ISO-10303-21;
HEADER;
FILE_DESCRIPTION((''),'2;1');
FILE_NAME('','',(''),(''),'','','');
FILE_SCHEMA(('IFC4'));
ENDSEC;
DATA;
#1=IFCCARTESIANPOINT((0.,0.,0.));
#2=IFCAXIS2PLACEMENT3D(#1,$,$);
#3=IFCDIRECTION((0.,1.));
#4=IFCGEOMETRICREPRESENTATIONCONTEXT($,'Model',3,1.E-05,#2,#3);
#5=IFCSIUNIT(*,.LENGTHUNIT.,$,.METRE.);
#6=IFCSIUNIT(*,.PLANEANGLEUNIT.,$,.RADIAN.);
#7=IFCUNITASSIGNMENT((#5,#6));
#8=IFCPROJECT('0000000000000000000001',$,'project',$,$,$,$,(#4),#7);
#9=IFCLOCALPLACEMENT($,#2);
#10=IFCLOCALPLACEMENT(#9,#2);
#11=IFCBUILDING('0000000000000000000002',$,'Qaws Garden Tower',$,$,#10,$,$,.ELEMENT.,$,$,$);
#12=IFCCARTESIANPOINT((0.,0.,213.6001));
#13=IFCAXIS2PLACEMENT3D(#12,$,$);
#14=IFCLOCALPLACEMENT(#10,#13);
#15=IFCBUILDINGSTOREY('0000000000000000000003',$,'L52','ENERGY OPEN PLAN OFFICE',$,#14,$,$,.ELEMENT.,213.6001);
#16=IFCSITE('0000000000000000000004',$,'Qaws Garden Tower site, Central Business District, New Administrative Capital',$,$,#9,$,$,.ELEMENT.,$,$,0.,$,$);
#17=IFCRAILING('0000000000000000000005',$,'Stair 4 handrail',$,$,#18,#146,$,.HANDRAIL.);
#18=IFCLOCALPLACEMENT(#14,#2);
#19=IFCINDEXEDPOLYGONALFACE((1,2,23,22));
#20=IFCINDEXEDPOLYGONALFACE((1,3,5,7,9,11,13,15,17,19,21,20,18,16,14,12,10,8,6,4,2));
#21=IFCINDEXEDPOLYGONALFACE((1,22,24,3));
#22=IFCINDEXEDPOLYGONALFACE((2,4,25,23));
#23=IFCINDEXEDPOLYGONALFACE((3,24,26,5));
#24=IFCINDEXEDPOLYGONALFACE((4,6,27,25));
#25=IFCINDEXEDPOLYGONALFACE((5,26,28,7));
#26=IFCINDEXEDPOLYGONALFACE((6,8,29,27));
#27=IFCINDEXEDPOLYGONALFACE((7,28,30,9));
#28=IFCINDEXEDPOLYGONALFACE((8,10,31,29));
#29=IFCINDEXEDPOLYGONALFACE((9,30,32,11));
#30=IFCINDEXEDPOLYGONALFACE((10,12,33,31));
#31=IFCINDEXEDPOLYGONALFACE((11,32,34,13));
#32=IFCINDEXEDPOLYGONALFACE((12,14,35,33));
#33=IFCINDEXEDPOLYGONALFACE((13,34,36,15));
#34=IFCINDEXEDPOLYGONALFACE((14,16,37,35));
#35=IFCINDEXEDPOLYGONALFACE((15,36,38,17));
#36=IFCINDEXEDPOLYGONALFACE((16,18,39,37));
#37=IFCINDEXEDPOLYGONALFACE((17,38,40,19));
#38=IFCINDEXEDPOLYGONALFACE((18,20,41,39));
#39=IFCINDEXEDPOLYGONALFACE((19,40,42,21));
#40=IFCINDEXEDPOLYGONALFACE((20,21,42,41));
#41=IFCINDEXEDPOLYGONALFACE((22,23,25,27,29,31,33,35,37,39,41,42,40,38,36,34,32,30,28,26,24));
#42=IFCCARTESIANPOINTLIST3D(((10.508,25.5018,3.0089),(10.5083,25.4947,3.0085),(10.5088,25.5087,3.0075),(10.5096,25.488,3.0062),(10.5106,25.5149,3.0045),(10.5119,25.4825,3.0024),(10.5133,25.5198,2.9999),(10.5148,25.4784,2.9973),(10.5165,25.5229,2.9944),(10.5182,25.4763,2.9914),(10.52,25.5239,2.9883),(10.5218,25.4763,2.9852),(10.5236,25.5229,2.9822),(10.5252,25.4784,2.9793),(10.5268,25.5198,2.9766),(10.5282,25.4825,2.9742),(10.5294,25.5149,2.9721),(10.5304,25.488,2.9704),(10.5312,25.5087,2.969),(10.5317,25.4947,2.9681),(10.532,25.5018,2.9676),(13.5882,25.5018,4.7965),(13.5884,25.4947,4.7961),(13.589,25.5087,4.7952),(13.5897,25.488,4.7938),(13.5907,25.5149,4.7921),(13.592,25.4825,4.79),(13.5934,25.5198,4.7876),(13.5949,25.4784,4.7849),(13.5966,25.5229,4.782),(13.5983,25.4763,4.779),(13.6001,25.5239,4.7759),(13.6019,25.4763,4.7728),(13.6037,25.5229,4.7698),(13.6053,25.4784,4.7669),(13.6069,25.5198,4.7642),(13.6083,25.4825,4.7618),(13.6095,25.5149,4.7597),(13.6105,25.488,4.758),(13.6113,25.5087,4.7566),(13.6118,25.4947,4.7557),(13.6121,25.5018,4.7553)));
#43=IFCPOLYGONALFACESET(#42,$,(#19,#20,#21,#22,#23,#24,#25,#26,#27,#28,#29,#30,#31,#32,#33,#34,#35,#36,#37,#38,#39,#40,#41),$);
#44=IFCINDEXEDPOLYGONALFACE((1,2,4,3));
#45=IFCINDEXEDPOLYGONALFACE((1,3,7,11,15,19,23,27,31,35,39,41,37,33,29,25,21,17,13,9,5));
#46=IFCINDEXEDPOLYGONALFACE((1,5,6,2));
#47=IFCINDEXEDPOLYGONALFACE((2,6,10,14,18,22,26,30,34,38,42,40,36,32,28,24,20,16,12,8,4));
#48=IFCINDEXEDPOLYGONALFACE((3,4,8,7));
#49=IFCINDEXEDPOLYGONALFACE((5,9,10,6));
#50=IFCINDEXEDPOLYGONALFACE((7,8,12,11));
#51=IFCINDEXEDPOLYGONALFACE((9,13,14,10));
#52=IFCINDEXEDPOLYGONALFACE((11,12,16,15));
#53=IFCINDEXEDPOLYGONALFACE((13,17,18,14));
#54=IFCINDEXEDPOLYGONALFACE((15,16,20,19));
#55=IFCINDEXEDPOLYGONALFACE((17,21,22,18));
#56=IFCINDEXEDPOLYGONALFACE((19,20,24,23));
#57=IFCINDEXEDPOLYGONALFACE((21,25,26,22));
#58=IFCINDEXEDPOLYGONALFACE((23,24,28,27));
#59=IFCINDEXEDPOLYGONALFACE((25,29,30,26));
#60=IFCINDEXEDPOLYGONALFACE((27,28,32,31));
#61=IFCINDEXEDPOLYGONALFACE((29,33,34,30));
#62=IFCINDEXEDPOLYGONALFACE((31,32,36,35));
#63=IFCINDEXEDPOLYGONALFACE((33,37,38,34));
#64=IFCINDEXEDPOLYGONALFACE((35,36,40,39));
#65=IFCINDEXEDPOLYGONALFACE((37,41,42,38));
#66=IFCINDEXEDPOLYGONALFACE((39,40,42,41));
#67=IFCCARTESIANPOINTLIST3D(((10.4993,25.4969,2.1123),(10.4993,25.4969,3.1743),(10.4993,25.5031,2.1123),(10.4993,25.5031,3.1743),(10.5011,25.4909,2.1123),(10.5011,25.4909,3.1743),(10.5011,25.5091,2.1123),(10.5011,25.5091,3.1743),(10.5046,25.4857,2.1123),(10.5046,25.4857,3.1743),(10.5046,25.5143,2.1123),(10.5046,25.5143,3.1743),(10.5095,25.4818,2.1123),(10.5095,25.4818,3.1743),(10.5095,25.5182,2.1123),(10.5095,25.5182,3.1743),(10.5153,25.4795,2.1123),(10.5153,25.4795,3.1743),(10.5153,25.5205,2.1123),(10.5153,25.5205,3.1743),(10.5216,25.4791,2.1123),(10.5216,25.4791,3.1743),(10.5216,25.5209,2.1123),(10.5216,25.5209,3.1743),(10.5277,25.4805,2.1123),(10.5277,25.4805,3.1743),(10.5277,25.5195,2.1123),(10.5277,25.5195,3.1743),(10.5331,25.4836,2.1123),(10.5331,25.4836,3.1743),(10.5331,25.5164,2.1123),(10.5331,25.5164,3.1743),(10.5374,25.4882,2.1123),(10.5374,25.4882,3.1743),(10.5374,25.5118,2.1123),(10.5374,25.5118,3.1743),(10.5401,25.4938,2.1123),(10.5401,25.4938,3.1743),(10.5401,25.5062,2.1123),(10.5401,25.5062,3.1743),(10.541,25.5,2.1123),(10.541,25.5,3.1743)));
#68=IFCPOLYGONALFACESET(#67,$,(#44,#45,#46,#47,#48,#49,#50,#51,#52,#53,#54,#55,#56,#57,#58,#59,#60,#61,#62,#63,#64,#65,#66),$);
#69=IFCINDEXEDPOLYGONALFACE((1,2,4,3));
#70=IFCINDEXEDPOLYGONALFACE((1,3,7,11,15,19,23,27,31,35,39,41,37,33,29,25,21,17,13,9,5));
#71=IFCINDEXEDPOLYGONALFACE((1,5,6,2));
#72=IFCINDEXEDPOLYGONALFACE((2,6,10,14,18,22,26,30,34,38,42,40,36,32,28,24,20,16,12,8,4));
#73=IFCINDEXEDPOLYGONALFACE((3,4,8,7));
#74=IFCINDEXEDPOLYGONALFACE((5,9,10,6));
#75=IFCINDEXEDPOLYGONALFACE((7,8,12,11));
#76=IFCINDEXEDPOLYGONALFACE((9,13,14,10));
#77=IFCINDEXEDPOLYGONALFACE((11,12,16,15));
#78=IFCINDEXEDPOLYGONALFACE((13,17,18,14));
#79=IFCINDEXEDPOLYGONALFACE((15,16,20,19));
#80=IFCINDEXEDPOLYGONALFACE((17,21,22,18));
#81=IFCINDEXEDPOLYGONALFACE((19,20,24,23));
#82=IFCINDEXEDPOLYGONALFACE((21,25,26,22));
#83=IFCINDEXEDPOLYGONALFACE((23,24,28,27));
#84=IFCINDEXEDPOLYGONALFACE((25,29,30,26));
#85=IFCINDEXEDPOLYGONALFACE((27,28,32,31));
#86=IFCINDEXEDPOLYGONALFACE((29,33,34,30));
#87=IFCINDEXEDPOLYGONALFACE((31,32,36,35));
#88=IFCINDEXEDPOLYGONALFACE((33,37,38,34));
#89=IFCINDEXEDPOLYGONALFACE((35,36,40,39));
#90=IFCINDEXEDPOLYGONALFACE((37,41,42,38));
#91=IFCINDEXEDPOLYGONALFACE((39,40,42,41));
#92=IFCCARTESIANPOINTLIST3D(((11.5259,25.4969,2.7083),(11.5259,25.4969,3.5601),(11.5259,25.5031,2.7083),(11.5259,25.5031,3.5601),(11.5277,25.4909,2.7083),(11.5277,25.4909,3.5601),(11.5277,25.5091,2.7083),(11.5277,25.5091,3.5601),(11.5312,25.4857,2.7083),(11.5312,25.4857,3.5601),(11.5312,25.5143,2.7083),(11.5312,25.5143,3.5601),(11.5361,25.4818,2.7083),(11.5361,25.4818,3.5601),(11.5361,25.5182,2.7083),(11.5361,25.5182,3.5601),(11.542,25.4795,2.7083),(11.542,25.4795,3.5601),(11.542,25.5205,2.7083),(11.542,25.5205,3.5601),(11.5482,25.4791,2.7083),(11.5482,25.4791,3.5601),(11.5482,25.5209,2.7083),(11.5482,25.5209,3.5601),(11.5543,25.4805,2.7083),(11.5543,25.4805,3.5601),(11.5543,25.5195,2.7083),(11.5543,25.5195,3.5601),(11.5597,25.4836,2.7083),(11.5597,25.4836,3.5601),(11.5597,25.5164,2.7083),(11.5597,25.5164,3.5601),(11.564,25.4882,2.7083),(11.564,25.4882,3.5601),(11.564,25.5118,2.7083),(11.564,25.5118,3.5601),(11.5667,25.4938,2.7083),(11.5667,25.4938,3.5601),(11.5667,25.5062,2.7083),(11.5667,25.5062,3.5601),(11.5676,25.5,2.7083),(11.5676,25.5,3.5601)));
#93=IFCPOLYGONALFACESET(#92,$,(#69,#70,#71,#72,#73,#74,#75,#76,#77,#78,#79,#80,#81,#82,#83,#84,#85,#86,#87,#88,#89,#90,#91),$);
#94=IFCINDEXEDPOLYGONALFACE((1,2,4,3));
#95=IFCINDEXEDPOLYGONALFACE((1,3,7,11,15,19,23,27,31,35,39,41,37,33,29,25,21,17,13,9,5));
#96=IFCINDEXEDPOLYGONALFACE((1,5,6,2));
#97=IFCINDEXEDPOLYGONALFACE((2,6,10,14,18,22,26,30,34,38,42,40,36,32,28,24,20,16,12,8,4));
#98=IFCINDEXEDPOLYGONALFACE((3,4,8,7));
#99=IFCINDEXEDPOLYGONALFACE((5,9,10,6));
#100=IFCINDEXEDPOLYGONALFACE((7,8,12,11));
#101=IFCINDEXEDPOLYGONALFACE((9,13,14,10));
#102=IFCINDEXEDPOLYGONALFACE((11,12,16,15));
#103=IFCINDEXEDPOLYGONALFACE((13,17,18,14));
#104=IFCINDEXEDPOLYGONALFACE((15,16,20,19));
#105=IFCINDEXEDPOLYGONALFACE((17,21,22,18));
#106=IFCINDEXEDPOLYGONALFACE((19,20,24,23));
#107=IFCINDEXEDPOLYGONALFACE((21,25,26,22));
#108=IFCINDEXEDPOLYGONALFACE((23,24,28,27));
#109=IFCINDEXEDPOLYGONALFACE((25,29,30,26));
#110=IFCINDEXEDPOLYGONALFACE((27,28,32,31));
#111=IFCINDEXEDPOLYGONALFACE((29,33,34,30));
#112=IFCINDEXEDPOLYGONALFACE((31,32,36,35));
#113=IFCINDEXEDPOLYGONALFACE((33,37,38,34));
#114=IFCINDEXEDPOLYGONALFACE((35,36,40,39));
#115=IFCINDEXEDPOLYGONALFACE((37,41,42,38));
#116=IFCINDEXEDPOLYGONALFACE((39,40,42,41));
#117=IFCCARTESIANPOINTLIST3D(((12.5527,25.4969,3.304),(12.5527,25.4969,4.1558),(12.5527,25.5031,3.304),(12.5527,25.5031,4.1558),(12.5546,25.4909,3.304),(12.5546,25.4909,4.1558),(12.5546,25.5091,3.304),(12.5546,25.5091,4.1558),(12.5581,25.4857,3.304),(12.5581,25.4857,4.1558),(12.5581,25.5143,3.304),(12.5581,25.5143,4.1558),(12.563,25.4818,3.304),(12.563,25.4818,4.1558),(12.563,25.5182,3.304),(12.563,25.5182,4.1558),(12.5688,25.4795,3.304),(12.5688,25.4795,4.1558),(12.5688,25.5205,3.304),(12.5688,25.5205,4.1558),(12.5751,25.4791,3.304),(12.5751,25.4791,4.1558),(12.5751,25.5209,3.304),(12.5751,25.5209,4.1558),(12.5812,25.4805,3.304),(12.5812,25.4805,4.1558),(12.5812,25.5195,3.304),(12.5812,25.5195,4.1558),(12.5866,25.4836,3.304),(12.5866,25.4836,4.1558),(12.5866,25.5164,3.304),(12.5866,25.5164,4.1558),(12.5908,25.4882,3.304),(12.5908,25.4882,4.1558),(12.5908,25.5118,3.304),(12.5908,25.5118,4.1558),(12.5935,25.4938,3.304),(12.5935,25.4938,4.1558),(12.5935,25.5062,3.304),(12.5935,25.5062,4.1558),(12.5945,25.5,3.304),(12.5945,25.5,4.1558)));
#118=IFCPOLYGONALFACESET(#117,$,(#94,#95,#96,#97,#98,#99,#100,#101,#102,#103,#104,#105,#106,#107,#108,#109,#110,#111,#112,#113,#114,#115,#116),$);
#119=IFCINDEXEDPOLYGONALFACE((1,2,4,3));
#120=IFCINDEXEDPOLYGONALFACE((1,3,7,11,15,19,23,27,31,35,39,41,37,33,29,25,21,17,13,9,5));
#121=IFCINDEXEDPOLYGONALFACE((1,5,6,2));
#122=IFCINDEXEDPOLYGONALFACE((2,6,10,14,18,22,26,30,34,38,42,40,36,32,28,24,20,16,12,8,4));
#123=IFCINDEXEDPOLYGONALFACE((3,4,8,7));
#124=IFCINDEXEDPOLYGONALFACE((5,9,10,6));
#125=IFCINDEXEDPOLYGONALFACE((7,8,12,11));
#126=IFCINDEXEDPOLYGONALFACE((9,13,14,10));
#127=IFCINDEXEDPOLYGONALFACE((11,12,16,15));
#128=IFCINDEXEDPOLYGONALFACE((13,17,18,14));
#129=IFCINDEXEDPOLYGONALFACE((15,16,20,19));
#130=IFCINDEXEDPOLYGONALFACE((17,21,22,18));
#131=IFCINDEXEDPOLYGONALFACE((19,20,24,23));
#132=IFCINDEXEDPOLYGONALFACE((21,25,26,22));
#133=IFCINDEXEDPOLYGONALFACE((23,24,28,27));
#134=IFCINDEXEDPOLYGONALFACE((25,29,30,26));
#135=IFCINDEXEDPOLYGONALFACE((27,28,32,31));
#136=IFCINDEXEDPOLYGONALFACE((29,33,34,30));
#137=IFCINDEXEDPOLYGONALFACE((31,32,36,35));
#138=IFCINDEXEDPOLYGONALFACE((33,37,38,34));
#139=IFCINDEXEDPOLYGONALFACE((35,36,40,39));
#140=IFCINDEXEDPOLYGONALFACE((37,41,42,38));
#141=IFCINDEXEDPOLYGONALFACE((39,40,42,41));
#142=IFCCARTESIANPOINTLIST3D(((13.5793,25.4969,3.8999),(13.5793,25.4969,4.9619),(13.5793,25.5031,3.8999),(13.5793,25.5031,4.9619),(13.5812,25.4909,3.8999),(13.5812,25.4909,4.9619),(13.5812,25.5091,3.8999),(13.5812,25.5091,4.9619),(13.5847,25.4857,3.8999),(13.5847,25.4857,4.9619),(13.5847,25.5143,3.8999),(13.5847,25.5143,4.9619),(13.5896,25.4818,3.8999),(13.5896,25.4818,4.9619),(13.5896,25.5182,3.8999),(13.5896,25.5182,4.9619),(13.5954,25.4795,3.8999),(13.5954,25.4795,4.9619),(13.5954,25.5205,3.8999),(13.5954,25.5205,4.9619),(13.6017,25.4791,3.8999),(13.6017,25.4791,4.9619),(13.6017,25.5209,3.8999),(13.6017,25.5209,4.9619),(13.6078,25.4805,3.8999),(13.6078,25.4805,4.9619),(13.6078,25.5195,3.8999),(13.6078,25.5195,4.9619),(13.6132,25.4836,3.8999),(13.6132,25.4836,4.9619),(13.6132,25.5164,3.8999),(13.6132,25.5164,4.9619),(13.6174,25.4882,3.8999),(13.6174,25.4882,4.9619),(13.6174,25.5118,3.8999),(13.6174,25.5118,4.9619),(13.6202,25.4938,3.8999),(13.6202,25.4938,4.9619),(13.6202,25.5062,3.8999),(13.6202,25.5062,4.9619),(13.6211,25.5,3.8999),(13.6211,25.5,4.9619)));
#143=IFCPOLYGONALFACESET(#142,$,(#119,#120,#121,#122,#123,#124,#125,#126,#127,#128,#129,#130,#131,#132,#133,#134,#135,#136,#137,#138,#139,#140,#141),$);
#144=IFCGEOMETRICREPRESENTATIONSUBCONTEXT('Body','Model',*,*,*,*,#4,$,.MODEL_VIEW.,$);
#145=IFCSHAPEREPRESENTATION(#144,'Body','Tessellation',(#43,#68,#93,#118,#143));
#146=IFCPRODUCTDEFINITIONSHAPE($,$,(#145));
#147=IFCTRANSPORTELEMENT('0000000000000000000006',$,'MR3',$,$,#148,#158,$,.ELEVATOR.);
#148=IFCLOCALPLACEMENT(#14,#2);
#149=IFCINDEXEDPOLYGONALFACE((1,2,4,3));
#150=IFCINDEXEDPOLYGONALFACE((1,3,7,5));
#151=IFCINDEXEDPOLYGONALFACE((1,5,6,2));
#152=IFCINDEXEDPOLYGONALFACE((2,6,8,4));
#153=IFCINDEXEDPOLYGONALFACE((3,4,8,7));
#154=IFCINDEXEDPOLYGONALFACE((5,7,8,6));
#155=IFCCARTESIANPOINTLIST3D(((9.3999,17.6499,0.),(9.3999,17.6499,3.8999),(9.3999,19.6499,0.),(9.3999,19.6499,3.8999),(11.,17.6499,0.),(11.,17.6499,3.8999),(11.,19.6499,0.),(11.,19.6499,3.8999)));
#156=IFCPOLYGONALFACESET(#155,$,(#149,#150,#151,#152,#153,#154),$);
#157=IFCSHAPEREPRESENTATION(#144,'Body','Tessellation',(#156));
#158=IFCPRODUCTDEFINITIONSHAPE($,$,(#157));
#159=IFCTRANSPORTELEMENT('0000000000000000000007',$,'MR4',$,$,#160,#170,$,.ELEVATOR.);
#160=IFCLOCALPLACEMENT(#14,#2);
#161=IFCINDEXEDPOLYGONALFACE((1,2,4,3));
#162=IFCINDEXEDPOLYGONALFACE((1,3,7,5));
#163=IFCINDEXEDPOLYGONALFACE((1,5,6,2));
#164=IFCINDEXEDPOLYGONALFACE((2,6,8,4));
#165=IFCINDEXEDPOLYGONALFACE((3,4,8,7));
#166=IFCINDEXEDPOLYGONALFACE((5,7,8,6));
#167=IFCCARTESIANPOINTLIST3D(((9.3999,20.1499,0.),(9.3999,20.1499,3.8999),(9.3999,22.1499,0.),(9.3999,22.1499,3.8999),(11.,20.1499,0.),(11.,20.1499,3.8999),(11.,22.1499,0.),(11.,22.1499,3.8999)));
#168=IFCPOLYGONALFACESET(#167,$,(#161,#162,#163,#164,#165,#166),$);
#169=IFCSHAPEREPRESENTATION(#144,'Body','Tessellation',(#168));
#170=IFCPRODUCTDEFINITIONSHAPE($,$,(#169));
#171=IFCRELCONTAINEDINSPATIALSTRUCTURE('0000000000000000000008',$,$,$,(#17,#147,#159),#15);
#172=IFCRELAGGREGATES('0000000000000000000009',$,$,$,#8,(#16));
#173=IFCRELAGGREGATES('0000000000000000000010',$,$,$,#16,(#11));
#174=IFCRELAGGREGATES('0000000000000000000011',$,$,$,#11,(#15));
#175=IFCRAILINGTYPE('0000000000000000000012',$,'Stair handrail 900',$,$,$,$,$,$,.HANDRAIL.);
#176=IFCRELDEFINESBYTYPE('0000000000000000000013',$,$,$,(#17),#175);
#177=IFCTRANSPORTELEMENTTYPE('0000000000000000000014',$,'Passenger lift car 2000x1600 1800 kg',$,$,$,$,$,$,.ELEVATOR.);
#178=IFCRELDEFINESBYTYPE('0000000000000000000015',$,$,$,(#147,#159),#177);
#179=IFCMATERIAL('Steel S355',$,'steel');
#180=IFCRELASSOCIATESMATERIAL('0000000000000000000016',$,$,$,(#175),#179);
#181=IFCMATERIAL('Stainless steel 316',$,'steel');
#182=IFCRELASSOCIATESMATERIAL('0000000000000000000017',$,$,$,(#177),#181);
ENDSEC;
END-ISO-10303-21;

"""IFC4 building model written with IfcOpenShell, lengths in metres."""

from ifc_helpers import new_model, si_unit, direction, frame, origin, origin_2d, place, context, subcontext, project, spatial, rectangle, circle, extrude, material, type_object, element, save


model = new_model("IFC4")

# Units and contexts
model_context = context("Model", 3, precision=1e-05, world=origin(), true_north=direction((0.0, 1.0)))
body_context = subcontext(model_context, "Body", "Model", "MODEL_VIEW")
ifc_project = project(units=[si_unit("LENGTHUNIT", "METRE"), si_unit("PLANEANGLEUNIT", "RADIAN")], contexts=[model_context])

# Site, building, storey
site_placement = place(None, origin())
site = spatial("IfcSite", under=ifc_project, at=site_placement, Name="Qaws Garden Tower site, Central Business District, New Administrative Capital", CompositionType="ELEMENT", RefElevation=0.0)
building_placement = place(site_placement, origin())
building = spatial("IfcBuilding", under=site, at=building_placement, Name="Qaws Garden Tower", CompositionType="ELEMENT")
storey_placement = place(building_placement, frame((0.0, 0.0, 213.6001)))
storey = spatial("IfcBuildingStorey", under=building, at=storey_placement, Name="L52", Description="ENERGY OPEN PLAN OFFICE", CompositionType="ELEMENT", Elevation=213.6001)

# Railing
ifc_material_1 = material(Name="Steel S355", Category="steel")
railing_type = type_object("IfcRailingType", Name="Stair handrail 900", PredefinedType="HANDRAIL", material=ifc_material_1)
railing_placement = place(storey_placement, frame((10.52, 25.5, 2.1123)))
element("IfcRailing", 1, at=railing_placement, inside=storey, type_object=railing_type, Name="Stair 4 handrail", PredefinedType="HANDRAIL", context=body_context, shape_type="SweptSolid", body=[
    extrude(circle(Radius=0.0239, at=origin_2d()), frame((0.0, 0.0, 0.876), z_axis=(0.864891, 0.0, 0.50196), x_axis=(0.0, 1.0, 0.0)), (0.0, 0.0, 1.0), 3.5613),
    extrude(circle(Radius=0.021, at=origin_2d()), origin(), (0.0, 0.0, 1.0), 1.062),
    extrude(circle(Radius=0.021, at=origin_2d()), frame((1.0266, 0.0, 0.5959)), (0.0, 0.0, 1.0), 0.8518),
    extrude(circle(Radius=0.021, at=origin_2d()), frame((2.0535, 0.0, 1.1917)), (0.0, 0.0, 1.0), 0.8518),
    extrude(circle(Radius=0.021, at=origin_2d()), frame((3.0801, 0.0, 1.7876)), (0.0, 0.0, 1.0), 1.062),
])

# Transport elements
ifc_material_2 = material(Name="Stainless steel 316", Category="steel")
transport_element_type = type_object("IfcTransportElementType", Name="Passenger lift car 2000x1600 1800 kg", PredefinedType="ELEVATOR", material=ifc_material_2)
for number, where, z_axis, x_axis, name in (
    (2, (10.2, 18.6499, 0.0), (0.0, 0.0, 1.0), (1.0, 0.0, 0.0), "MR3"),
    (3, (10.2, 21.1499, 0.0), (0.0, 0.0, 1.0), (1.0, 0.0, 0.0), "MR4"),
):
    element("IfcTransportElement", number, at=place(storey_placement, frame(where, z_axis=z_axis, x_axis=x_axis)), inside=storey, type_object=transport_element_type, Name=name, PredefinedType="ELEVATOR", context=body_context, shape_type="SweptSolid", body=[
        extrude(rectangle(XDim=1.6001, YDim=2.0, at=origin_2d()), origin(), (0.0, 0.0, 1.0), 3.8999),
    ])

save(model, "model.ifc")
